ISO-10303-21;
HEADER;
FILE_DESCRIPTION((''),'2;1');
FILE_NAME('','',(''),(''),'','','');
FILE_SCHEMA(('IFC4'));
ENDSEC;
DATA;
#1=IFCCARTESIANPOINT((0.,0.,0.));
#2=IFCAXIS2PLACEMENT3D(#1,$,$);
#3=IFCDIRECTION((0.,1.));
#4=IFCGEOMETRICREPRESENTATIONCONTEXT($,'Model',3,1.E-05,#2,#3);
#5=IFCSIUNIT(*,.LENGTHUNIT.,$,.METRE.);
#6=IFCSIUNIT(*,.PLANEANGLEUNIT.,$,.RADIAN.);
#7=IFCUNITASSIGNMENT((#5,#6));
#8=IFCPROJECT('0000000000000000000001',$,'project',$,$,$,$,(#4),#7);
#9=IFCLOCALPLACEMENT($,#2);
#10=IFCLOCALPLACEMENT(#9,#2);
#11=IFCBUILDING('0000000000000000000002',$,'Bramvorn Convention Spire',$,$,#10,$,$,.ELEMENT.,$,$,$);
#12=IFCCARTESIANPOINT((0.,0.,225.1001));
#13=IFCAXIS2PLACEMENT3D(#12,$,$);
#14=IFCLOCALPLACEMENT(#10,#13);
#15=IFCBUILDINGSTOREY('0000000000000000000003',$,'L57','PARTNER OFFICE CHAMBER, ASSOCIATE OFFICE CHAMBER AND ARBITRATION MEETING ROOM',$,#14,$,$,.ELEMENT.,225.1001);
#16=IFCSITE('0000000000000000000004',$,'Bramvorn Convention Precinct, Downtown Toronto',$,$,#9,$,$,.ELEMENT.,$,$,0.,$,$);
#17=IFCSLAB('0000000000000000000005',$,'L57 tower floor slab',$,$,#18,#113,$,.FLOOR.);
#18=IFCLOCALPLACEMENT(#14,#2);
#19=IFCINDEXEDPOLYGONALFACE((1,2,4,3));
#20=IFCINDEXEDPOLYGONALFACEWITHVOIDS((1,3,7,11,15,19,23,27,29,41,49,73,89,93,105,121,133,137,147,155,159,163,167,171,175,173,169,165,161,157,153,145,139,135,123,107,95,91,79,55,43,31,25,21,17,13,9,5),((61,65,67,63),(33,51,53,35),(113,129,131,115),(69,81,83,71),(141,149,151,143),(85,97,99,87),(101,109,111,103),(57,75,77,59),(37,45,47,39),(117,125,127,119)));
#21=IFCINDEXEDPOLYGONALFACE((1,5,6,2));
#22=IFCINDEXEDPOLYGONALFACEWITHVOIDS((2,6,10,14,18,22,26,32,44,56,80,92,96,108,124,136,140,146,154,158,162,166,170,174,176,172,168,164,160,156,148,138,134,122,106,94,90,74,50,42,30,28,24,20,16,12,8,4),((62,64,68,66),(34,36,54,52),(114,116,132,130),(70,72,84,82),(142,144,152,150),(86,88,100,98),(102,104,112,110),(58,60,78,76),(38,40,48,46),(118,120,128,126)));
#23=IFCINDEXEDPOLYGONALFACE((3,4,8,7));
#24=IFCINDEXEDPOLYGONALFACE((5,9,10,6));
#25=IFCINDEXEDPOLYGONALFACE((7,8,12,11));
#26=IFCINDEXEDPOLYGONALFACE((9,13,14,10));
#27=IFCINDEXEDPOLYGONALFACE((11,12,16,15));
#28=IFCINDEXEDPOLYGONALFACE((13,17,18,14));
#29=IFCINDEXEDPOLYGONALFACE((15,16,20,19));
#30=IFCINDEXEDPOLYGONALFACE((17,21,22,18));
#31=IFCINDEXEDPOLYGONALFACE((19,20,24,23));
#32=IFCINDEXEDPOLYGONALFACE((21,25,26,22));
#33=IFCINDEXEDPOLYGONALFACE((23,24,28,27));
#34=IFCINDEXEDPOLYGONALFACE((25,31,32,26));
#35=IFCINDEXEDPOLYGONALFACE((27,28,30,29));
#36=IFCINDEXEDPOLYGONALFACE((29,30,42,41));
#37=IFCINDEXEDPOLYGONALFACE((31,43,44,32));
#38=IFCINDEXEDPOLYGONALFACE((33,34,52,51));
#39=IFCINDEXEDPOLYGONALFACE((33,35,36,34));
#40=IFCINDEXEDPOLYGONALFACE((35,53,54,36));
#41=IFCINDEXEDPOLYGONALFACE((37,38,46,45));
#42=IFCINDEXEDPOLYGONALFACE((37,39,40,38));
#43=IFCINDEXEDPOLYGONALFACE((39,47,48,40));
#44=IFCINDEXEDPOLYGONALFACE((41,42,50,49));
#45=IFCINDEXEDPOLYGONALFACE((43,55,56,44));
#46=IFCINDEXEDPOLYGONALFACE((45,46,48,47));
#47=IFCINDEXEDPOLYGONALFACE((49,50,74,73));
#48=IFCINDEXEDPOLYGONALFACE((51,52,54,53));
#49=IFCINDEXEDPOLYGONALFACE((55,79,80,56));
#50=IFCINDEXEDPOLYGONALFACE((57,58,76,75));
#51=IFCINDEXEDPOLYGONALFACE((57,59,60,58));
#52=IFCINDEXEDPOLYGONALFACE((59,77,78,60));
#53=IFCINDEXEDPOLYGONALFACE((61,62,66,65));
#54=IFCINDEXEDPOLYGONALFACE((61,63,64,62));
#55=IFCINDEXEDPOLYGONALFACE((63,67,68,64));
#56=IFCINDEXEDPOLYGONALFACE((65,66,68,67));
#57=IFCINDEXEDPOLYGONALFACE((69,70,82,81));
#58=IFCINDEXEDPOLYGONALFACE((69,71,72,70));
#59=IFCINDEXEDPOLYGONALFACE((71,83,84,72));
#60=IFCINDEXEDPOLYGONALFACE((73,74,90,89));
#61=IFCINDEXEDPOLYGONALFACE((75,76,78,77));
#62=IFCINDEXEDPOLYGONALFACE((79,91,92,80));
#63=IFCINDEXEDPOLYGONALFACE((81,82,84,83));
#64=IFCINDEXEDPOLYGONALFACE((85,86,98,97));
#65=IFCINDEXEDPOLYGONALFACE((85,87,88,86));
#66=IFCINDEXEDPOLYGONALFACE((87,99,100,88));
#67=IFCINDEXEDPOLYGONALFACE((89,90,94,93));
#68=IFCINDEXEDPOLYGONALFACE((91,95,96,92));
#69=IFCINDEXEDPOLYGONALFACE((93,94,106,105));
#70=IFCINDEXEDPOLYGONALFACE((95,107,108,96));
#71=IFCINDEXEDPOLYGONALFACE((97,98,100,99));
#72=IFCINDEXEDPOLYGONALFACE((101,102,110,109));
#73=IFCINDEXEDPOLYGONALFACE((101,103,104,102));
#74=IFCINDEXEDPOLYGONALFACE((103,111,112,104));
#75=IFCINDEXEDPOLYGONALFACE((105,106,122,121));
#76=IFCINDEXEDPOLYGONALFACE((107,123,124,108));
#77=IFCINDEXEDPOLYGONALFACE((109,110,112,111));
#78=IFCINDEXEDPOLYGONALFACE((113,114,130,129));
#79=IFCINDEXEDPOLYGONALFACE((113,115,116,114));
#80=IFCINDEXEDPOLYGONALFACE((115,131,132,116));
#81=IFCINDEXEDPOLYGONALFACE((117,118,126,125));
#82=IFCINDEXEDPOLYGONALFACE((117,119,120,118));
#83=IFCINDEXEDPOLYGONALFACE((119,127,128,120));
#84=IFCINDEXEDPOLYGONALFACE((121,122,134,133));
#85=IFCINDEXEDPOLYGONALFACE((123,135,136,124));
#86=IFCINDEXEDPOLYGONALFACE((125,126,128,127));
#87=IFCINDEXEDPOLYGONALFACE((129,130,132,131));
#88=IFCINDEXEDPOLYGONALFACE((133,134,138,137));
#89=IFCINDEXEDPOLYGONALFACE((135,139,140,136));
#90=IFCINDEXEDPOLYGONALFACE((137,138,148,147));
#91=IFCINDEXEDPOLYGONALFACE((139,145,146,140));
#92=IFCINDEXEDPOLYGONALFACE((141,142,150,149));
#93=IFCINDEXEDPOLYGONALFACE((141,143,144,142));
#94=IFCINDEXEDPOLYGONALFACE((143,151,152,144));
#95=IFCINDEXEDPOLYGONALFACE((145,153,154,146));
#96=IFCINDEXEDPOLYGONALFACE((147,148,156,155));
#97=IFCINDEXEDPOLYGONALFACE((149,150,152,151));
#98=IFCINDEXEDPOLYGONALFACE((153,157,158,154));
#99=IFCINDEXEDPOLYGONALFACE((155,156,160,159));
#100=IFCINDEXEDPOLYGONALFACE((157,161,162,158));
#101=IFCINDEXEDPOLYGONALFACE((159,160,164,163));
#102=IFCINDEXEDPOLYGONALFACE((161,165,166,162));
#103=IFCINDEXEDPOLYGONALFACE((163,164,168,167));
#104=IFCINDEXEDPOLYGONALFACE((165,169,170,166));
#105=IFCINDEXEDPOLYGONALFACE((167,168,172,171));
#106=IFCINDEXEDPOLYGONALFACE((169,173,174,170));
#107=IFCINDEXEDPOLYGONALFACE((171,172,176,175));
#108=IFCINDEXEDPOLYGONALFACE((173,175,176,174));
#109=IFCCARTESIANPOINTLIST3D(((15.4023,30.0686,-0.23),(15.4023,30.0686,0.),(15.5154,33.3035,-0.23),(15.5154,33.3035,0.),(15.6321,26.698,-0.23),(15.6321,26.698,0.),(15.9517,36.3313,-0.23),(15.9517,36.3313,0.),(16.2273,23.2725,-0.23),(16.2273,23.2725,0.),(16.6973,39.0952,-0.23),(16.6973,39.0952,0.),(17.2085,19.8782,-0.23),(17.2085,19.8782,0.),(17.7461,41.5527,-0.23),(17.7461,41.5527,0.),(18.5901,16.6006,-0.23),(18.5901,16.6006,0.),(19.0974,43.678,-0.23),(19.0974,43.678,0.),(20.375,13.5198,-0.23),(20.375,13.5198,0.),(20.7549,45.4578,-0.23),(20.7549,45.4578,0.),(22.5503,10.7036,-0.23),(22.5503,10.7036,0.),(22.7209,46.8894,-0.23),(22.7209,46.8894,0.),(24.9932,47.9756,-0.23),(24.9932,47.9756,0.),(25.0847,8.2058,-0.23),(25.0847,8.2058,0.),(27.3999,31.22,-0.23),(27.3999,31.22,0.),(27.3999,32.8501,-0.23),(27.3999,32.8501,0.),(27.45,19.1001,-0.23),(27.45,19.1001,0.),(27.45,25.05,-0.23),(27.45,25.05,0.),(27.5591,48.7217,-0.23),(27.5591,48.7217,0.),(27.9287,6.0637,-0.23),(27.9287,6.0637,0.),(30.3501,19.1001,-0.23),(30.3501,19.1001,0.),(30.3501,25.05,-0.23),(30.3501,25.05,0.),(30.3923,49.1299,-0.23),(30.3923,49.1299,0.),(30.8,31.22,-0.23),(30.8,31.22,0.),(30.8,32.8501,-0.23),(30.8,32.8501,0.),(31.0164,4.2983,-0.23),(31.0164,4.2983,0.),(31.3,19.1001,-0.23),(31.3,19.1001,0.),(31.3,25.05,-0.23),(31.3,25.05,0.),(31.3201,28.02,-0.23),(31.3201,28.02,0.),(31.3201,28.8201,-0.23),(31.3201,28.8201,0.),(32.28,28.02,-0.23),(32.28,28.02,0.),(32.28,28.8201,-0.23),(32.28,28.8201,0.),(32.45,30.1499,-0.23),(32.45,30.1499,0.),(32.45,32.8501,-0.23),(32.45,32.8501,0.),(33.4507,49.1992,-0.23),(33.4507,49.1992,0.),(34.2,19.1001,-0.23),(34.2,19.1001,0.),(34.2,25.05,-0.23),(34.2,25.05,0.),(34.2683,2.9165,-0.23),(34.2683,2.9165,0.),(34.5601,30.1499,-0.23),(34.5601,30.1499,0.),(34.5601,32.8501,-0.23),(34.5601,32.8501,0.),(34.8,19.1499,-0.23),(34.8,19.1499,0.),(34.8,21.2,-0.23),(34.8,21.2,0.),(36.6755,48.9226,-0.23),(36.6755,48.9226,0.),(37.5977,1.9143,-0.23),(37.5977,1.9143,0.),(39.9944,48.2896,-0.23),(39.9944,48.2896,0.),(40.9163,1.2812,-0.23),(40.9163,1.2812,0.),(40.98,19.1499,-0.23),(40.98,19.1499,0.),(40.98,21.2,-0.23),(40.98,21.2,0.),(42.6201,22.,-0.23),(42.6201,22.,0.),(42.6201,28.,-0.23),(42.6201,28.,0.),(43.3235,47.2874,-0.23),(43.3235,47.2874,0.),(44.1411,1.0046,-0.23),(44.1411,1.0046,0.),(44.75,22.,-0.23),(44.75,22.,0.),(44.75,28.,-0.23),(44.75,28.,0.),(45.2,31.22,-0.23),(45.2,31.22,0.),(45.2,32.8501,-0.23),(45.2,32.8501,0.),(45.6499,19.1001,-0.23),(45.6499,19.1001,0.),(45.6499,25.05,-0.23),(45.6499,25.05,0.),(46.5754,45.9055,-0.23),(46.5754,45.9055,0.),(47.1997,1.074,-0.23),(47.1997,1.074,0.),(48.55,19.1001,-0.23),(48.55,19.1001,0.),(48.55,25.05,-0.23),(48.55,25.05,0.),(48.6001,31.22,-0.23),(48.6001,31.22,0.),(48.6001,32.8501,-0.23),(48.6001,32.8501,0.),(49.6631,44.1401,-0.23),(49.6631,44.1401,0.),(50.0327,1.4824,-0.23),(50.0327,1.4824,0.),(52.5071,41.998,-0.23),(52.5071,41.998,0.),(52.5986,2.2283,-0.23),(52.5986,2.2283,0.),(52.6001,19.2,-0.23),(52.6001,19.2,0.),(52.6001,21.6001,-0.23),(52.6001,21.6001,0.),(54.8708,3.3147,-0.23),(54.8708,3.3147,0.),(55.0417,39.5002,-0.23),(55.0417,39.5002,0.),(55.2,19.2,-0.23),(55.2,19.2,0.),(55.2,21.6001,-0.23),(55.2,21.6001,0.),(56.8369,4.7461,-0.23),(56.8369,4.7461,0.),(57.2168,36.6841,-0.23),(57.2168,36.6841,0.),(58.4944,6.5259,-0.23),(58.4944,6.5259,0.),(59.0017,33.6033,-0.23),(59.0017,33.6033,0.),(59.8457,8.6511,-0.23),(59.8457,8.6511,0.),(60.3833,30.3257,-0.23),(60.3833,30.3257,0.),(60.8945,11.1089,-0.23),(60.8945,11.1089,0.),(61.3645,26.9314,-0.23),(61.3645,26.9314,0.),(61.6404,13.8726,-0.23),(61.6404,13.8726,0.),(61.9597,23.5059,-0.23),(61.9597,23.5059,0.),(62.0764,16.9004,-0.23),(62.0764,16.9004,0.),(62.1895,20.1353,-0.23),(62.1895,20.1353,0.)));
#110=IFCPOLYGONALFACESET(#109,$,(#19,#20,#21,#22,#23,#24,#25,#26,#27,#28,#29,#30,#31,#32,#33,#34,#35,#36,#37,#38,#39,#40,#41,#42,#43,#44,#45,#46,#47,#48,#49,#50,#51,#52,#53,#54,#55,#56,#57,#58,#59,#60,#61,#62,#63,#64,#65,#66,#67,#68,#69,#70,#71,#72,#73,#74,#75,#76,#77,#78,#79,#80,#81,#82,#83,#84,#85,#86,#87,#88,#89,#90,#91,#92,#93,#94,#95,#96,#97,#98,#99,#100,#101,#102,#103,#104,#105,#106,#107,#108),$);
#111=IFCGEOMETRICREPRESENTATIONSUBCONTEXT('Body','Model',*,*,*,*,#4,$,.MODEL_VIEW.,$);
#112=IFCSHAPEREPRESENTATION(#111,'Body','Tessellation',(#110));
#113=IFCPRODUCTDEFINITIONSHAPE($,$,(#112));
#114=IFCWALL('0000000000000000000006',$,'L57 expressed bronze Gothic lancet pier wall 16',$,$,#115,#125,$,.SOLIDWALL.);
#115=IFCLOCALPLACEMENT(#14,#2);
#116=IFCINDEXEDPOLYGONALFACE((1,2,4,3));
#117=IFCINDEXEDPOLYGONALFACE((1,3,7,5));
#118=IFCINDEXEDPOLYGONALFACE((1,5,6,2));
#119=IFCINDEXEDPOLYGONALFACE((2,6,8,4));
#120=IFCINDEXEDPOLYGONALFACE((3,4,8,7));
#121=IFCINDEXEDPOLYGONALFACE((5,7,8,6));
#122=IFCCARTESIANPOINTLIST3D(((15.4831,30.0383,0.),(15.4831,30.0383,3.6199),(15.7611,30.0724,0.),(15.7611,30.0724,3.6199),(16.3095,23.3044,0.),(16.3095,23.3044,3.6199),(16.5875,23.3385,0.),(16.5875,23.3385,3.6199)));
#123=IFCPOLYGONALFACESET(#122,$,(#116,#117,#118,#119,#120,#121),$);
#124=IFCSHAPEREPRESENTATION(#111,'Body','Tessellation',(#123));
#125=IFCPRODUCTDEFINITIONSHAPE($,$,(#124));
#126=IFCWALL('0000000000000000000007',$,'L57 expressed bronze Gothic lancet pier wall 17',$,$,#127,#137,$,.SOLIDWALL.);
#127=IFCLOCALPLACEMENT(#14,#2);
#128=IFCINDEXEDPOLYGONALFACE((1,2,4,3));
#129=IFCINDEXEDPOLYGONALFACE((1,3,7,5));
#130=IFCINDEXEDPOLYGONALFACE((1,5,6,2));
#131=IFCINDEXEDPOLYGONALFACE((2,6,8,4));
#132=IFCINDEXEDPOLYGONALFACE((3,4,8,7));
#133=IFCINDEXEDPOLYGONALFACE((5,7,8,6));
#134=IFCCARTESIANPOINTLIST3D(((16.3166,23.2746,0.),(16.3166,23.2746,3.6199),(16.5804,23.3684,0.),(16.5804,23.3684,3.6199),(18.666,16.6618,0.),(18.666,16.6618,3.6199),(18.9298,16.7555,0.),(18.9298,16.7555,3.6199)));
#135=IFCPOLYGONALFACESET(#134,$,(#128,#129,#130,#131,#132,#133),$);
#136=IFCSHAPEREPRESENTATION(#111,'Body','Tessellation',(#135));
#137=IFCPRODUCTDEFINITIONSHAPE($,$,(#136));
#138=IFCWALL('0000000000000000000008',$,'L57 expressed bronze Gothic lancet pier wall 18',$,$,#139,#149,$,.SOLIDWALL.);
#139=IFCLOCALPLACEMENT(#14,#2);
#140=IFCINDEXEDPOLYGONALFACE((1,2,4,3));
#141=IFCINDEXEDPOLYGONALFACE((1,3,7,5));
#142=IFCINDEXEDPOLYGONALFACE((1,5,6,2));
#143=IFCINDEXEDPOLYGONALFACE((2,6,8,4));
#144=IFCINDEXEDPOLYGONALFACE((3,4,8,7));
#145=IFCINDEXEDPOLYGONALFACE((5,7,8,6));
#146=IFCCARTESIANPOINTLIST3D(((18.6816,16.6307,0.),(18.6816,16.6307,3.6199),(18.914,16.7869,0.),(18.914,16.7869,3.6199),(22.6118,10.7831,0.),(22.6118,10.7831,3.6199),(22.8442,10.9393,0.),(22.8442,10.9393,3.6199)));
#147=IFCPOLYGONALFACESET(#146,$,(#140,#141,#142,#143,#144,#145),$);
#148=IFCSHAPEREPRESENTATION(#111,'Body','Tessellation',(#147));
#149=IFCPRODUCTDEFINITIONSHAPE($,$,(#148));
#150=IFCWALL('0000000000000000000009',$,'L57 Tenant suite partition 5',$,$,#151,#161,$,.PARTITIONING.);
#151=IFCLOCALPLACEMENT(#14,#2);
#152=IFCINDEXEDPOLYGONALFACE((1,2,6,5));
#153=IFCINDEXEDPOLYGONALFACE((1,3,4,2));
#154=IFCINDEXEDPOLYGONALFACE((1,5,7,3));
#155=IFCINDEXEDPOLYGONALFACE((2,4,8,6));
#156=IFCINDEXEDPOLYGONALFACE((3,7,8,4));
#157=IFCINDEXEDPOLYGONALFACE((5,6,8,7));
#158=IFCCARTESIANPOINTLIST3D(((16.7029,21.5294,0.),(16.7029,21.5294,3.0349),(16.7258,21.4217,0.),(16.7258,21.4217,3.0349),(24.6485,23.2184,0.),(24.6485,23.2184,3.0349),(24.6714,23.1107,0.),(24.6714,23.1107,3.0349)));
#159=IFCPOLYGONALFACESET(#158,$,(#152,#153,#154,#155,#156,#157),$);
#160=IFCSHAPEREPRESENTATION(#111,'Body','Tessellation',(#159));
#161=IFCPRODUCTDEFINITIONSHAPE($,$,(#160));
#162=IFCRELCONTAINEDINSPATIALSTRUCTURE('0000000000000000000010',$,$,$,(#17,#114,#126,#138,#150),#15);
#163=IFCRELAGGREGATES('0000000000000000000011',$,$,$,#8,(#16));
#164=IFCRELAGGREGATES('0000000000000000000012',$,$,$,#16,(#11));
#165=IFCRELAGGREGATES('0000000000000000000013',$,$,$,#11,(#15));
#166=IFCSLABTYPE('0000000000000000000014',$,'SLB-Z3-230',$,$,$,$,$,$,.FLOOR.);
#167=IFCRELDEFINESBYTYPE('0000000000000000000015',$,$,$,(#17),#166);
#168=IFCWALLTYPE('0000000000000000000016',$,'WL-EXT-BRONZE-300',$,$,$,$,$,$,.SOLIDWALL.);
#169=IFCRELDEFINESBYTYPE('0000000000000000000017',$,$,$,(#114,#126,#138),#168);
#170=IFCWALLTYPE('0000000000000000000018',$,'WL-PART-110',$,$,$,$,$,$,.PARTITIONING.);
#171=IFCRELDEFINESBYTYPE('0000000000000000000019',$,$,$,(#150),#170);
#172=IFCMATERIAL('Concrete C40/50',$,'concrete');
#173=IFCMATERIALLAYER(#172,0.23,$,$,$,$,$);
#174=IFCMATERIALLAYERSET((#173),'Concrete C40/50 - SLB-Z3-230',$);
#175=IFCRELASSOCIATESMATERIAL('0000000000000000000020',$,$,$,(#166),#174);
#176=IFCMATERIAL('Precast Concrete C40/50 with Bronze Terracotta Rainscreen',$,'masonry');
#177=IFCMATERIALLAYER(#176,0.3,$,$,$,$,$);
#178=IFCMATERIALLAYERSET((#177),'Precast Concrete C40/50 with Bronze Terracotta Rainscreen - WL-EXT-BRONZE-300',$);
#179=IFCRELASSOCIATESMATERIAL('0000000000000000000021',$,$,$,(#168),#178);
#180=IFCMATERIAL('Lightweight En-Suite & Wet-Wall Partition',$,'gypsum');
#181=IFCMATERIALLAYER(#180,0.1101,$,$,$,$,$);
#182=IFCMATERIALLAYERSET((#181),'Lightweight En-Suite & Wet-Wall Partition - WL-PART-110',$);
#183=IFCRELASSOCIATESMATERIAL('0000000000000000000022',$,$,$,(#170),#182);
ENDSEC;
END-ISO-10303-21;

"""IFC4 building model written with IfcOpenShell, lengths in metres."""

from ifc_helpers import new_model, si_unit, direction, frame, frame_2d, origin, place, context, subcontext, project, spatial, polyline, rectangle, outline, extrude, material, layer, layer_set, type_object, element, save


model = new_model("IFC4")

# Units and contexts
model_context = context("Model", 3, precision=1e-05, world=origin(), true_north=direction((0.0, 1.0)))
body_context = subcontext(model_context, "Body", "Model", "MODEL_VIEW")
ifc_project = project(units=[si_unit("LENGTHUNIT", "METRE"), si_unit("PLANEANGLEUNIT", "RADIAN")], contexts=[model_context])

# Site, building, storey
site_placement = place(None, origin())
site = spatial("IfcSite", under=ifc_project, at=site_placement, Name="Bramvorn Convention Precinct, Downtown Toronto", CompositionType="ELEMENT", RefElevation=0.0)
building_placement = place(site_placement, origin())
building = spatial("IfcBuilding", under=site, at=building_placement, Name="Bramvorn Convention Spire", CompositionType="ELEMENT")
storey_placement = place(building_placement, frame((0.0, 0.0, 225.1001)))
storey = spatial("IfcBuildingStorey", under=building, at=storey_placement, Name="L57", Description="PARTNER OFFICE CHAMBER, ASSOCIATE OFFICE CHAMBER AND ARBITRATION MEETING ROOM", CompositionType="ELEMENT", Elevation=225.1001)

# Slab
ifc_material_1 = material(Name="Concrete C40/50", Category="concrete")
ifc_layer_1 = layer(ifc_material_1, 0.23)
ifc_layer_set_1 = layer_set([ifc_layer_1], Name="Concrete C40/50 - SLB-Z3-230")
slab_type_1 = type_object("IfcSlabType", Name="SLB-Z3-230", PredefinedType="FLOOR", material=ifc_layer_set_1)
slab_1_placement = place(storey_placement, frame((0.0, 0.0, -0.23)))
element("IfcSlab", 1, at=slab_1_placement, inside=storey, type_object=slab_type_1, Name="L57 tower floor slab", PredefinedType="FLOOR", context=body_context, shape_type="SweptSolid", body=[
    extrude(outline(polyline([(56.8369, 4.7461), (58.4944, 6.5259), (59.8457, 8.6511), (60.8945, 11.1089), (61.6404, 13.8726), (62.0764, 16.9004), (62.1895, 20.1353), (61.9597, 23.5059), (61.3645, 26.9314), (60.3833, 30.3257), (59.0017, 33.6033), (57.2168, 36.6841), (55.0417, 39.5002), (52.5071, 41.998), (49.6631, 44.1401), (46.5754, 45.9055), (43.3235, 47.2874), (39.9944, 48.2896), (36.6755, 48.9226), (33.4507, 49.1992), (30.3923, 49.1299), (27.5591, 48.7217), (24.9932, 47.9756), (22.7209, 46.8894), (20.7549, 45.4578), (19.0974, 43.678), (17.7461, 41.5527), (16.6973, 39.0952), (15.9517, 36.3313), (15.5154, 33.3035), (15.4023, 30.0686), (15.6321, 26.698), (16.2273, 23.2725), (17.2085, 19.8782), (18.5901, 16.6006), (20.375, 13.5198), (22.5503, 10.7036), (25.0847, 8.2058), (27.9287, 6.0637), (31.0164, 4.2983), (34.2683, 2.9165), (37.5977, 1.9143), (40.9163, 1.2812), (44.1411, 1.0046), (47.1997, 1.074), (50.0327, 1.4824), (52.5986, 2.2283), (54.8708, 3.3147), (56.8369, 4.7461)]), holes=[polyline([(27.45, 25.05), (27.45, 19.1001), (30.3501, 19.1001), (30.3501, 25.05), (27.45, 25.05)]), polyline([(45.6499, 25.05), (45.6499, 19.1001), (48.55, 19.1001), (48.55, 25.05), (45.6499, 25.05)]), polyline([(31.3, 25.05), (31.3, 19.1001), (34.2, 19.1001), (34.2, 25.05), (31.3, 25.05)]), polyline([(27.3999, 31.22), (30.8, 31.22), (30.8, 32.8501), (27.3999, 32.8501), (27.3999, 31.22)]), polyline([(45.2, 31.22), (48.6001, 31.22), (48.6001, 32.8501), (45.2, 32.8501), (45.2, 31.22)]), polyline([(32.45, 30.1499), (34.5601, 30.1499), (34.5601, 32.8501), (32.45, 32.8501), (32.45, 30.1499)]), polyline([(34.8, 19.1499), (40.98, 19.1499), (40.98, 21.2), (34.8, 21.2), (34.8, 19.1499)]), polyline([(42.6201, 22.0), (44.75, 22.0), (44.75, 28.0), (42.6201, 28.0), (42.6201, 22.0)]), polyline([(31.3201, 28.02), (32.28, 28.02), (32.28, 28.8201), (31.3201, 28.8201), (31.3201, 28.02)]), polyline([(52.6001, 19.2), (55.2, 19.2), (55.2, 21.6001), (52.6001, 21.6001), (52.6001, 19.2)])]), origin(), (0.0, 0.0, 1.0), 0.23),
])

# Walls
ifc_material_2 = material(Name="Precast Concrete C40/50 with Bronze Terracotta Rainscreen", Category="masonry")
ifc_layer_2 = layer(ifc_material_2, 0.3)
ifc_layer_set_2 = layer_set([ifc_layer_2], Name="Precast Concrete C40/50 with Bronze Terracotta Rainscreen - WL-EXT-BRONZE-300")
wall_type_1 = type_object("IfcWallType", Name="WL-EXT-BRONZE-300", PredefinedType="SOLIDWALL", material=ifc_layer_set_2)
wall_1_placement = place(storey_placement, frame((16.4485, 23.3215, 0.0), z_axis=(0.0, 0.0, 1.0), x_axis=(-0.121811, 0.992553, 0.0)))
element("IfcWall", 2, at=wall_1_placement, inside=storey, type_object=wall_type_1, Name="L57 expressed bronze Gothic lancet pier wall 16", PredefinedType="SOLIDWALL", context=body_context, shape_type="SweptSolid", body=[
    extrude(rectangle(XDim=6.7844, YDim=0.28, at=frame_2d((3.3921, 0.0))), origin(), (0.0, 0.0, 1.0), 3.6199),
])
wall_2_placement = place(storey_placement, frame((18.7979, 16.7087, 0.0), z_axis=(0.0, 0.0, 1.0), x_axis=(-0.334776, 0.942298, 0.0)))
element("IfcWall", 3, at=wall_2_placement, inside=storey, type_object=wall_type_1, Name="L57 expressed bronze Gothic lancet pier wall 17", PredefinedType="SOLIDWALL", context=body_context, shape_type="SweptSolid", body=[
    extrude(rectangle(XDim=7.0178, YDim=0.28, at=frame_2d((3.5088, 0.0))), origin(), (0.0, 0.0, 1.0), 3.6199),
])
wall_3_placement = place(storey_placement, frame((22.728, 10.8611, 0.0), z_axis=(0.0, 0.0, 1.0), x_axis=(-0.557815, 0.829965, 0.0)))
element("IfcWall", 4, at=wall_3_placement, inside=storey, type_object=wall_type_1, Name="L57 expressed bronze Gothic lancet pier wall 18", PredefinedType="SOLIDWALL", context=body_context, shape_type="SweptSolid", body=[
    extrude(rectangle(XDim=7.0457, YDim=0.28, at=frame_2d((3.5229, 0.0))), origin(), (0.0, 0.0, 1.0), 3.6199),
])
ifc_material_3 = material(Name="Lightweight En-Suite & Wet-Wall Partition", Category="gypsum")
ifc_layer_3 = layer(ifc_material_3, 0.1101)
ifc_layer_set_3 = layer_set([ifc_layer_3], Name="Lightweight En-Suite & Wet-Wall Partition - WL-PART-110")
wall_type_2 = type_object("IfcWallType", Name="WL-PART-110", PredefinedType="PARTITIONING", material=ifc_layer_set_3)
wall_4_placement = place(storey_placement, frame((24.6599, 23.1646, 0.0), z_axis=(0.0, 0.0, 1.0), x_axis=(-0.978145, -0.207922, 0.0)))
element("IfcWall", 5, at=wall_4_placement, inside=storey, type_object=wall_type_2, Name="L57 Tenant suite partition 5", PredefinedType="PARTITIONING", context=body_context, shape_type="SweptSolid", body=[
    extrude(rectangle(XDim=8.123, YDim=0.1101, at=frame_2d((4.0615, 0.0))), origin(), (0.0, 0.0, 1.0), 3.0349),
])

save(model, "model.ifc")
